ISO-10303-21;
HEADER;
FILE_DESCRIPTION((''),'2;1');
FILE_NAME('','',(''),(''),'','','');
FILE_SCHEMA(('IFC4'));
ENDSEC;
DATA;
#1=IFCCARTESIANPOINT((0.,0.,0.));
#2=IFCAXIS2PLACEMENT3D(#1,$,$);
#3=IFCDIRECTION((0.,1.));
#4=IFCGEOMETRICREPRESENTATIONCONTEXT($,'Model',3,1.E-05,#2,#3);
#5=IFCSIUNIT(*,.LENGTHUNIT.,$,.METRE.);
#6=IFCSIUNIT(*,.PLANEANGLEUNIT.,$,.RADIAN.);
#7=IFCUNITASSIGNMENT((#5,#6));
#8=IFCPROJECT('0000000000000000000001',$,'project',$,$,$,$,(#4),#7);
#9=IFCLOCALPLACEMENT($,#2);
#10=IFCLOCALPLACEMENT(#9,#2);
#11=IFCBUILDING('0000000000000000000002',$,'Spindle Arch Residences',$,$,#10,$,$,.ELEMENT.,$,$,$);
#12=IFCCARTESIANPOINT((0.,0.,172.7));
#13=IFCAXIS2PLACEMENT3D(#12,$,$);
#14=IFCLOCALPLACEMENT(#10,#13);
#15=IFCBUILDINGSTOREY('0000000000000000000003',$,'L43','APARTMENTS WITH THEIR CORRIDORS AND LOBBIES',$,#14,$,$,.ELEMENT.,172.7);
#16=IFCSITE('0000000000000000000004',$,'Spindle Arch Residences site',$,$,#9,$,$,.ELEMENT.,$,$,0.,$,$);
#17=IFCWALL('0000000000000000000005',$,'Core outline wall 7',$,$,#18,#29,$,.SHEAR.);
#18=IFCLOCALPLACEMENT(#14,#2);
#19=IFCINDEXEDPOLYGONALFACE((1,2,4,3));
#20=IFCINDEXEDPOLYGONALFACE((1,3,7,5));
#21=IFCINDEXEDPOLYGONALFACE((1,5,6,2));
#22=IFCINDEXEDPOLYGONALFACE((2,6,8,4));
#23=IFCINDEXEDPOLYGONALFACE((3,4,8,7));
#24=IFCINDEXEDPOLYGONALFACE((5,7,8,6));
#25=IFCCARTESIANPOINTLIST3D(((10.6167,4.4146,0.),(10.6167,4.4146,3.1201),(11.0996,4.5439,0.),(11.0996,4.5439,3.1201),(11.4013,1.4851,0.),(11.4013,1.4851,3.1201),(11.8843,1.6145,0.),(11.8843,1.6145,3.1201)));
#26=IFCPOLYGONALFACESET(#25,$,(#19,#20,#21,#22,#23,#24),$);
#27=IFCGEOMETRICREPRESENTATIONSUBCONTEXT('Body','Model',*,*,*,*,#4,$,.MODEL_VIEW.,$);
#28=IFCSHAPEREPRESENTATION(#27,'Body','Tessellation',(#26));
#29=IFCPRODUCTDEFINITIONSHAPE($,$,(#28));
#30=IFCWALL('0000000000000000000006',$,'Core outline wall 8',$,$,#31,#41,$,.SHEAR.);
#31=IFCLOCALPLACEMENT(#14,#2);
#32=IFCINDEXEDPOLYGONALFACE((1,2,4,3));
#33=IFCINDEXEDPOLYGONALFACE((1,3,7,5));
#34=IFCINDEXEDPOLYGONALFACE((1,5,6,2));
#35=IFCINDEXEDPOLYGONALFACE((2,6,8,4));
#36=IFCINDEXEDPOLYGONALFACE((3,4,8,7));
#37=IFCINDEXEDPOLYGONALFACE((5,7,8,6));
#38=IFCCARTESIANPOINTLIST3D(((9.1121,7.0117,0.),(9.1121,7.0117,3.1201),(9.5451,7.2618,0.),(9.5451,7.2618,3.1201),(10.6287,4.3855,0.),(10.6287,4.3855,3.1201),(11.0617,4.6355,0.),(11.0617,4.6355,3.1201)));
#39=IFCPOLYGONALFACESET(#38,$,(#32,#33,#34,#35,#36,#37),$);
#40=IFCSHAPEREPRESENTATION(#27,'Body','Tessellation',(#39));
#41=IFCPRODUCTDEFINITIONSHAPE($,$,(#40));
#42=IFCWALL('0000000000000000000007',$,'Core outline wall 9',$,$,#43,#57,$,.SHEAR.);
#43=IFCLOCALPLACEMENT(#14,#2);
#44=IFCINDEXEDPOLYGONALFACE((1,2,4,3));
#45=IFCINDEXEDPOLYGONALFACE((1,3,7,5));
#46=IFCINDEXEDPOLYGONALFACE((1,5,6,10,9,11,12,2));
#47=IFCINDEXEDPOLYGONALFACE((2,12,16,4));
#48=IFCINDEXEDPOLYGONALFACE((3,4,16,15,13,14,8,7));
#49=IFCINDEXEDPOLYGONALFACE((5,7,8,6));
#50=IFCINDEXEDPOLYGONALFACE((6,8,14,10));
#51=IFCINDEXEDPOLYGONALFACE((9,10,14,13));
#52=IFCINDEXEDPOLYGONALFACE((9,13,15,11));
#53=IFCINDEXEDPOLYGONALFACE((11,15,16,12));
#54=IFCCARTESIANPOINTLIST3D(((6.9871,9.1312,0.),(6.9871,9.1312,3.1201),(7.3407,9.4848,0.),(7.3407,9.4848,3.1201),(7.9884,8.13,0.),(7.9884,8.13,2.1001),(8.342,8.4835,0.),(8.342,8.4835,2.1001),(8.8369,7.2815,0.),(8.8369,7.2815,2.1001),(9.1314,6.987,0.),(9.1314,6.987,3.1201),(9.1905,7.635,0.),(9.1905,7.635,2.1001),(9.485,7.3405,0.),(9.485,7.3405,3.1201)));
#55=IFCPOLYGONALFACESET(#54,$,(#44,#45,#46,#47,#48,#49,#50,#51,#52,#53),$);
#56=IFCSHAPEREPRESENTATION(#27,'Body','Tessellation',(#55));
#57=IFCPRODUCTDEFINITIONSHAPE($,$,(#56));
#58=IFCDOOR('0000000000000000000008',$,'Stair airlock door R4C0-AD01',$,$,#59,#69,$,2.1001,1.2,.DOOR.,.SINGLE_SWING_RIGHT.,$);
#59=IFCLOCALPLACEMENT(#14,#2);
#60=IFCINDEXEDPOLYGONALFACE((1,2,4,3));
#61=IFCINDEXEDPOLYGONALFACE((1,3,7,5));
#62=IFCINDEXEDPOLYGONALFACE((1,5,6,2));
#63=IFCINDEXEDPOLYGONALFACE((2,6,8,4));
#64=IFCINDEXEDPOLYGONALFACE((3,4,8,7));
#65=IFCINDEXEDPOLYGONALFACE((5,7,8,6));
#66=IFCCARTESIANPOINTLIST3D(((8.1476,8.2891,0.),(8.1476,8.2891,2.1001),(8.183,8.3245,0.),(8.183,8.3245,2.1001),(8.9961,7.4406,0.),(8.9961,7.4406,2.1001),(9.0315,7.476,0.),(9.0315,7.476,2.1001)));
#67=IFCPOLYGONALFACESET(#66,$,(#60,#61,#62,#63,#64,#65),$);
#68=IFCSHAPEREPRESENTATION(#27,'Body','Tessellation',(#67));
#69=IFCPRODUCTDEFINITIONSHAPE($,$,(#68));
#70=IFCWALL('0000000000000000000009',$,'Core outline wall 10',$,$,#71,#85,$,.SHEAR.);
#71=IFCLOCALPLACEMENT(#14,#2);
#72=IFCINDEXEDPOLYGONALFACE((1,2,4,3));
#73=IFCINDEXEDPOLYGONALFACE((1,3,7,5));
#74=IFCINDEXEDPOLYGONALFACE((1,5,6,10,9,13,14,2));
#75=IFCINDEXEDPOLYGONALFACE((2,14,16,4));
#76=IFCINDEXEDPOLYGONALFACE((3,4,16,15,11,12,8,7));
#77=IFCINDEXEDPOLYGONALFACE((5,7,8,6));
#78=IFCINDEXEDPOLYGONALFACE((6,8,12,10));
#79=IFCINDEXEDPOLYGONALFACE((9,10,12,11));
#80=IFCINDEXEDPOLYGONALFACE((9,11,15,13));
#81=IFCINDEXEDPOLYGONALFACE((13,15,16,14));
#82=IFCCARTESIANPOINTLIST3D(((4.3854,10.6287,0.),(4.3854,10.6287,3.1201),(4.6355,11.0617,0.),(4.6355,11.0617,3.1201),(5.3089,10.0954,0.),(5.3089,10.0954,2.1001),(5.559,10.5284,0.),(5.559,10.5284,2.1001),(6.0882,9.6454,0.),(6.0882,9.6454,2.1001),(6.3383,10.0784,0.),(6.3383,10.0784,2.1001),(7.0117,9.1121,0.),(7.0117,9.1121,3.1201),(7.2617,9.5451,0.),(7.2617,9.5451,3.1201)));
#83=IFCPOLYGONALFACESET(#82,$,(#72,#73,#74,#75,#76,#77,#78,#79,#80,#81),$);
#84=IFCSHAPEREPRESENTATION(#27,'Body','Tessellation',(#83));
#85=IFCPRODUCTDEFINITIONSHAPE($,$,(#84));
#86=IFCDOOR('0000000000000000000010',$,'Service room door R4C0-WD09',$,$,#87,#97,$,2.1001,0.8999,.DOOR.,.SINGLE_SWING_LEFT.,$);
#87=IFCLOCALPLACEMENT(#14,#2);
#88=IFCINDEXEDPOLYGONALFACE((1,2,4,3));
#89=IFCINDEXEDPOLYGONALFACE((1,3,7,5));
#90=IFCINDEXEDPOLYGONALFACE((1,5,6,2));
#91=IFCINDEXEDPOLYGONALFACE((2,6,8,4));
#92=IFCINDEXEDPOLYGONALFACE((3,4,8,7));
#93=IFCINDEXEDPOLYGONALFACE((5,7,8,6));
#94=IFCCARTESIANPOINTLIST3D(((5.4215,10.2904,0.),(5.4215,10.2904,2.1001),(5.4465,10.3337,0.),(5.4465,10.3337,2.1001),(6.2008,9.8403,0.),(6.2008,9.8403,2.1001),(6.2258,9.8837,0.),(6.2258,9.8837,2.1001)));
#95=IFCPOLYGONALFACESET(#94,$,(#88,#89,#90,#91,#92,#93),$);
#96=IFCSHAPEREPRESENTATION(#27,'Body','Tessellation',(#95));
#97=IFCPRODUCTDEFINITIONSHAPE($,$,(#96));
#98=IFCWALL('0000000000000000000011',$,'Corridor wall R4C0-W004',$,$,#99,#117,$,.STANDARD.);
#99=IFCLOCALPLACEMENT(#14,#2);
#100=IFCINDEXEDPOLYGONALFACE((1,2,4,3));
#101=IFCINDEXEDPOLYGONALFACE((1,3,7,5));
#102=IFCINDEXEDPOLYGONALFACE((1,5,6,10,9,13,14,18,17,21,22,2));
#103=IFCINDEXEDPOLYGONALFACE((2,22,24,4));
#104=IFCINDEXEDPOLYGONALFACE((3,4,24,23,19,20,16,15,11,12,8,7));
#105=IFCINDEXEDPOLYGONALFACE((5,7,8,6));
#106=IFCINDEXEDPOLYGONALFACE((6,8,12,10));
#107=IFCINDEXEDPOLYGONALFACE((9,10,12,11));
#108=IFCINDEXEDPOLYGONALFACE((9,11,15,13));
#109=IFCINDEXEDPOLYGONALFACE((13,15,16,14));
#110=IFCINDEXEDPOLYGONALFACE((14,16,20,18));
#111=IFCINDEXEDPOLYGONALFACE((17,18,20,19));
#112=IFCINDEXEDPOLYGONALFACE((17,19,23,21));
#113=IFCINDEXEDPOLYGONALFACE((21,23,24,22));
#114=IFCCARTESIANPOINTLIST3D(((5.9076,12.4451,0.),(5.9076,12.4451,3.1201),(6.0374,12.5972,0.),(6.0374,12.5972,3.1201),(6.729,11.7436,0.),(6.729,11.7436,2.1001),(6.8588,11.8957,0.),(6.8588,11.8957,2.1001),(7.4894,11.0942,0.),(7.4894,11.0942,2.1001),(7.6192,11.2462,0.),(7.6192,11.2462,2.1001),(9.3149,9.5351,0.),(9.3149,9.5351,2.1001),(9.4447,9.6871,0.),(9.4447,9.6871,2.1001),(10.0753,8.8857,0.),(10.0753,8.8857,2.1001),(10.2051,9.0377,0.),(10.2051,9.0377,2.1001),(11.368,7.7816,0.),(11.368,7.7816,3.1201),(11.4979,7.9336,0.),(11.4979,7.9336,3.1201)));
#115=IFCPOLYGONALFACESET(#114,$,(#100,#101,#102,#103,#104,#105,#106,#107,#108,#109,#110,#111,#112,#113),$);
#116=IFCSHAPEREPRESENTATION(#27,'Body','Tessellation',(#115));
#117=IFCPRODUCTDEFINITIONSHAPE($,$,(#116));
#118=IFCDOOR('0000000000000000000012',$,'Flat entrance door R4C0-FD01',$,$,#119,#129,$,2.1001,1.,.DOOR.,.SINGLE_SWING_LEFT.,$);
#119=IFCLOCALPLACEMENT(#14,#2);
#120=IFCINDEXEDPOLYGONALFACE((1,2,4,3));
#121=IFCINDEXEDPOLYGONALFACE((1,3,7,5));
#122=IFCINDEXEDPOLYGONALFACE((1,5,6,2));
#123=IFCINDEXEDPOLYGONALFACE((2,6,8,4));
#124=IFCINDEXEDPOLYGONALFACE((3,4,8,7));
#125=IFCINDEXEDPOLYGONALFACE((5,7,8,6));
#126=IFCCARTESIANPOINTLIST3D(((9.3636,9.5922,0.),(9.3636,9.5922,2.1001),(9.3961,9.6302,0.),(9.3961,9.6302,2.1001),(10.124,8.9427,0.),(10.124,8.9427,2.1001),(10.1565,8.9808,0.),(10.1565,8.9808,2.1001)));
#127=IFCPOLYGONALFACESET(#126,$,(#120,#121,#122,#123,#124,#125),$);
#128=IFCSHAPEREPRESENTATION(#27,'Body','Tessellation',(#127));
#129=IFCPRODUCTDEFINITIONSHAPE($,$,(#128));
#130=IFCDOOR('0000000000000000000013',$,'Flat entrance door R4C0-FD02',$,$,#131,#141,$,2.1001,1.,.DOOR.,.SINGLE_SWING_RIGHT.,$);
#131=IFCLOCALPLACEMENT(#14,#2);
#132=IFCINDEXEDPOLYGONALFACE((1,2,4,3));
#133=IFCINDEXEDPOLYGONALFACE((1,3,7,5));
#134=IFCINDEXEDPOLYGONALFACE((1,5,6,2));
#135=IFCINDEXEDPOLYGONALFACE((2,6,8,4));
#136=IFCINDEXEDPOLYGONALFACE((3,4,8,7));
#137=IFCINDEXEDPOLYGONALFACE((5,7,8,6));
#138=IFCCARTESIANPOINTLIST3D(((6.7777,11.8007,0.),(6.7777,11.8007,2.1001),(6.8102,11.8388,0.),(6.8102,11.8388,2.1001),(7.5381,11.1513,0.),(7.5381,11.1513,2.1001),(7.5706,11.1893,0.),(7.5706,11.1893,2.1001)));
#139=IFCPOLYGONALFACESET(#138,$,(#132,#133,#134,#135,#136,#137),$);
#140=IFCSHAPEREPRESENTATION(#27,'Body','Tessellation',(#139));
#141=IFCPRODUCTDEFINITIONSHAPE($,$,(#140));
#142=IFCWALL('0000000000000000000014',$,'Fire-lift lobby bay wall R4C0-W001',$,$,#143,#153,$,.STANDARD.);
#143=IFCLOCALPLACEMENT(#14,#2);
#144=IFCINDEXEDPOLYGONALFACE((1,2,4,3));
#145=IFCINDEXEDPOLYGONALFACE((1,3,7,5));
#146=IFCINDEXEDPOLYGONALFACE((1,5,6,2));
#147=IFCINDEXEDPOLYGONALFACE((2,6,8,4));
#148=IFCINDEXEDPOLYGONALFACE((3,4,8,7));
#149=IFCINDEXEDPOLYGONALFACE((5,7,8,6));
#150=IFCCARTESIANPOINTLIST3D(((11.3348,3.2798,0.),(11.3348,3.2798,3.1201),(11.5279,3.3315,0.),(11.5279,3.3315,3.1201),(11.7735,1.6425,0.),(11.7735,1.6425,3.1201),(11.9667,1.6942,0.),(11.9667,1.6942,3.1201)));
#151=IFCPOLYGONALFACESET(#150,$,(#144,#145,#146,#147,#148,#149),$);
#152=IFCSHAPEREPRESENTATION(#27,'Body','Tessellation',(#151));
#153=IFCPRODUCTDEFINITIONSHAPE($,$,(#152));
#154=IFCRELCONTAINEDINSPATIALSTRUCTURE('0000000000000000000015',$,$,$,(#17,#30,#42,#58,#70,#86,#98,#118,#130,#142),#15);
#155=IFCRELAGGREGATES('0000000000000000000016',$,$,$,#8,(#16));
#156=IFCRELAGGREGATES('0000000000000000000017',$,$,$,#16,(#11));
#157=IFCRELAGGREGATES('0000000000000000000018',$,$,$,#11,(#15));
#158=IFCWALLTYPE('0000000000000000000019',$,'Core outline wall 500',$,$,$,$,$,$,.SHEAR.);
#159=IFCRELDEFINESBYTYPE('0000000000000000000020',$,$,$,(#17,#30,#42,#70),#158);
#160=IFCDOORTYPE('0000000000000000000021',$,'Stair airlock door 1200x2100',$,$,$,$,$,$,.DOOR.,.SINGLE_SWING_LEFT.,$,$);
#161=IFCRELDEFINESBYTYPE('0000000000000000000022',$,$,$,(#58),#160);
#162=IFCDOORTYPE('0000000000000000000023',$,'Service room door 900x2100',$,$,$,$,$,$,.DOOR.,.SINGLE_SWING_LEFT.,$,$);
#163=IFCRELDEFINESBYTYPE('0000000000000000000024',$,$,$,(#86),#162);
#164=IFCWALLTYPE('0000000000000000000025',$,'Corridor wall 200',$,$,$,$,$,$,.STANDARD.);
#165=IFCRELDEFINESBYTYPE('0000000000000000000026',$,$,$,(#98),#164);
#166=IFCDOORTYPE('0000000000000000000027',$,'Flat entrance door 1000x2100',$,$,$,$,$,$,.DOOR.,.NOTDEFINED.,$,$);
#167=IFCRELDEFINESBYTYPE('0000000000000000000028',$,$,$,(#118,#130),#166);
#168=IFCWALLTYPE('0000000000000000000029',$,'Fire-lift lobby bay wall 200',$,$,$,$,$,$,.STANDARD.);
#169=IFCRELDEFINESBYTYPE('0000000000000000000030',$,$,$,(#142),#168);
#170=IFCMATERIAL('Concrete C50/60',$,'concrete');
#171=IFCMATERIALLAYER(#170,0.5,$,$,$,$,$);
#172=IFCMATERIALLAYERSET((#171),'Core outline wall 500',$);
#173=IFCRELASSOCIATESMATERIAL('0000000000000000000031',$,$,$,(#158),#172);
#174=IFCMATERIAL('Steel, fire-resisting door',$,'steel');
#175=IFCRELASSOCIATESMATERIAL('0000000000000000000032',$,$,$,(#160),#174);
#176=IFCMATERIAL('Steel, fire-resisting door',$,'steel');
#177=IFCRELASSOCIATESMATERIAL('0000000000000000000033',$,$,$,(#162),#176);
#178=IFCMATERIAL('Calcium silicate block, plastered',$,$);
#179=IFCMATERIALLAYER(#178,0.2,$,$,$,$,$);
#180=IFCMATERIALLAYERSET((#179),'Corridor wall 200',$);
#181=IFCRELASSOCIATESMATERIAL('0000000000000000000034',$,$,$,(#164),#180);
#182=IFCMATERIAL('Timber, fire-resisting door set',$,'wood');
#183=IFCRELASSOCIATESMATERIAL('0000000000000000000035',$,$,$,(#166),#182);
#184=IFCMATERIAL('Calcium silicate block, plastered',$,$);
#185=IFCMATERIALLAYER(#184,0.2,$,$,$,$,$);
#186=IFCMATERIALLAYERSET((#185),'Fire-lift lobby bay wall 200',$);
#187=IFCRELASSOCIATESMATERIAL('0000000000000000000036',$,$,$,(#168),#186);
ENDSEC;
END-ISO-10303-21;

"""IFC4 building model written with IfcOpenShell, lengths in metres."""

from ifc_helpers import new_model, si_unit, direction, frame, frame_2d, origin, place, context, subcontext, project, spatial, rectangle, extrude, material, layer, layer_set, type_object, element, fill, save


model = new_model("IFC4")

# Units and contexts
model_context = context("Model", 3, precision=1e-05, world=origin(), true_north=direction((0.0, 1.0)))
body_context = subcontext(model_context, "Body", "Model", "MODEL_VIEW")
ifc_project = project(units=[si_unit("LENGTHUNIT", "METRE"), si_unit("PLANEANGLEUNIT", "RADIAN")], contexts=[model_context])

# Site, building, storey
site_placement = place(None, origin())
site = spatial("IfcSite", under=ifc_project, at=site_placement, Name="Spindle Arch Residences site", CompositionType="ELEMENT", RefElevation=0.0)
building_placement = place(site_placement, origin())
building = spatial("IfcBuilding", under=site, at=building_placement, Name="Spindle Arch Residences", CompositionType="ELEMENT")
storey_placement = place(building_placement, frame((0.0, 0.0, 172.7)))
storey = spatial("IfcBuildingStorey", under=building, at=storey_placement, Name="L43", Description="APARTMENTS WITH THEIR CORRIDORS AND LOBBIES", CompositionType="ELEMENT", Elevation=172.7)

# Walls
ifc_material_1 = material(Name="Concrete C50/60", Category="concrete")
ifc_layer_1 = layer(ifc_material_1, 0.5)
ifc_layer_set_1 = layer_set([ifc_layer_1], Name="Core outline wall 500")
wall_type_1 = type_object("IfcWallType", Name="Core outline wall 500", PredefinedType="SHEAR", material=ifc_layer_set_1)
for number, where, z_axis, x_axis, name in (
    (1, (11.6428, 1.5498, 0.0), (0.0, 0.0, 1.0), (-0.258735, 0.965948, 0.0), "Core outline wall 7"),
    (2, (10.8452, 4.5105, 0.0), (0.0, 0.0, 1.0), (-0.500087, 0.865975, 0.0), "Core outline wall 8"),
):
    element("IfcWall", number, at=place(storey_placement, frame(where, z_axis=z_axis, x_axis=x_axis)), inside=storey, type_object=wall_type_1, Name=name, PredefinedType="SHEAR", context=body_context, shape_type="SweptSolid", body=[
        extrude(rectangle(XDim=3.0327, YDim=0.5, at=frame_2d((1.5164, 0.0))), origin(), (0.0, 0.0, 1.0), 3.1201),
    ])

# Walls, openings, doors
wall_1_placement = place(storey_placement, frame((9.3081, 7.1638, 0.0), z_axis=(0.0, 0.0, 1.0), x_axis=(-0.707107, 0.707107, 0.0)))
wall_1 = element("IfcWall", 3, at=wall_1_placement, inside=storey, type_object=wall_type_1, Name="Core outline wall 9", PredefinedType="SHEAR", context=body_context, shape_type="SweptSolid", body=[
    extrude(rectangle(XDim=3.0325, YDim=0.5, at=frame_2d((1.5161, 0.0))), origin(), (0.0, 0.0, 1.0), 3.1201),
])
opening_1_placement = place(wall_1_placement, frame((0.4163, 0.0, 0.0)))
opening_1 = element("IfcOpeningElement", 4, at=opening_1_placement, cuts=wall_1, PredefinedType="OPENING", context=body_context, shape_type="SweptSolid", body=[
    extrude(rectangle(XDim=1.2, YDim=2.1001, at=frame_2d((0.6001, 1.05))), frame((0.0, 0.26, 0.0), z_axis=(0.0, -1.0, 0.0), x_axis=(1.0, 0.0, 0.0)), (0.0, 0.0, 1.0), 0.52),
])
ifc_material_2 = material(Name="Steel, fire-resisting door", Category="steel")
door_type_1 = type_object("IfcDoorType", Name="Stair airlock door 1200x2100", OperationType="SINGLE_SWING_LEFT", PredefinedType="DOOR", material=ifc_material_2)
door_1_placement = place(opening_1_placement, origin())
door_1 = element("IfcDoor", 5, at=door_1_placement, inside=storey, type_object=door_type_1, Name="Stair airlock door R4C0-AD01", OperationType="SINGLE_SWING_RIGHT", OverallHeight=2.1001, OverallWidth=1.2, PredefinedType="DOOR", context=body_context, shape_type="SweptSolid", body=[
    extrude(rectangle(XDim=1.2, YDim=2.1001, at=frame_2d((0.6001, 1.05))), frame((0.0, 0.0249, 0.0), z_axis=(0.0, -1.0, 0.0), x_axis=(1.0, 0.0, 0.0)), (0.0, 0.0, 1.0), 0.05),
])
fill(opening_1, door_1)
wall_2_placement = place(storey_placement, frame((7.1367, 9.3286, 0.0), z_axis=(0.0, 0.0, 1.0), x_axis=(-0.865975, 0.500087, 0.0)))
wall_2 = element("IfcWall", 6, at=wall_2_placement, inside=storey, type_object=wall_type_1, Name="Core outline wall 10", PredefinedType="SHEAR", context=body_context, shape_type="SweptSolid", body=[
    extrude(rectangle(XDim=3.0327, YDim=0.5, at=frame_2d((1.5164, 0.0))), origin(), (0.0, 0.0, 1.0), 3.1201),
])
opening_2_placement = place(wall_2_placement, frame((1.0664, 0.0, 0.0)))
opening_2 = element("IfcOpeningElement", 7, at=opening_2_placement, cuts=wall_2, PredefinedType="OPENING", context=body_context, shape_type="SweptSolid", body=[
    extrude(rectangle(XDim=0.8999, YDim=2.1001, at=frame_2d((0.45, 1.05))), frame((0.0, 0.26, 0.0), z_axis=(0.0, -1.0, 0.0), x_axis=(1.0, 0.0, 0.0)), (0.0, 0.0, 1.0), 0.52),
])
ifc_material_3 = material(Name="Steel, fire-resisting door", Category="steel")
door_type_2 = type_object("IfcDoorType", Name="Service room door 900x2100", OperationType="SINGLE_SWING_LEFT", PredefinedType="DOOR", material=ifc_material_3)
door_2_placement = place(opening_2_placement, origin())
door_2 = element("IfcDoor", 8, at=door_2_placement, inside=storey, type_object=door_type_2, Name="Service room door R4C0-WD09", OperationType="SINGLE_SWING_LEFT", OverallHeight=2.1001, OverallWidth=0.8999, PredefinedType="DOOR", context=body_context, shape_type="SweptSolid", body=[
    extrude(rectangle(XDim=0.8999, YDim=2.1001, at=frame_2d((0.45, 1.05))), frame((0.0, 0.0249, 0.0), z_axis=(0.0, -1.0, 0.0), x_axis=(1.0, 0.0, 0.0)), (0.0, 0.0, 1.0), 0.05),
])
fill(opening_2, door_2)

# Wall, openings, doors
ifc_material_4 = material(Name="Calcium silicate block, plastered")
ifc_layer_2 = layer(ifc_material_4, 0.2)
ifc_layer_set_2 = layer_set([ifc_layer_2], Name="Corridor wall 200")
wall_type_2 = type_object("IfcWallType", Name="Corridor wall 200", PredefinedType="STANDARD", material=ifc_layer_set_2)
wall_3_placement = place(storey_placement, frame((11.4329, 7.8577, 0.0), z_axis=(0.0, 0.0, 1.0), x_axis=(-0.760412, 0.649441, 0.0)))
wall_3 = element("IfcWall", 9, at=wall_3_placement, inside=storey, type_object=wall_type_2, Name="Corridor wall R4C0-W004", PredefinedType="STANDARD", context=body_context, shape_type="SweptSolid", body=[
    extrude(rectangle(XDim=7.1809, YDim=0.2, at=frame_2d((3.5903, 0.0))), origin(), (0.0, 0.0, 1.0), 3.1201),
])
opening_3_placement = place(wall_3_placement, frame((1.7, 0.0, 0.0)))
opening_3 = element("IfcOpeningElement", 10, at=opening_3_placement, cuts=wall_3, PredefinedType="OPENING", context=body_context, shape_type="SweptSolid", body=[
    extrude(rectangle(XDim=1.0, YDim=2.1001, at=frame_2d((0.5, 1.05))), frame((0.0, 0.1099, 0.0), z_axis=(0.0, -1.0, 0.0), x_axis=(1.0, 0.0, 0.0)), (0.0, 0.0, 1.0), 0.22),
])
opening_4_placement = place(wall_3_placement, frame((5.1006, 0.0, 0.0)))
opening_4 = element("IfcOpeningElement", 11, at=opening_4_placement, cuts=wall_3, PredefinedType="OPENING", context=body_context, shape_type="SweptSolid", body=[
    extrude(rectangle(XDim=1.0, YDim=2.1001, at=frame_2d((0.5, 1.05))), frame((0.0, 0.1099, 0.0), z_axis=(0.0, -1.0, 0.0), x_axis=(1.0, 0.0, 0.0)), (0.0, 0.0, 1.0), 0.22),
])
ifc_material_5 = material(Name="Timber, fire-resisting door set", Category="wood")
door_type_3 = type_object("IfcDoorType", Name="Flat entrance door 1000x2100", OperationType="NOTDEFINED", PredefinedType="DOOR", material=ifc_material_5)
door_3_placement = place(opening_3_placement, origin())
door_3 = element("IfcDoor", 12, at=door_3_placement, inside=storey, type_object=door_type_3, Name="Flat entrance door R4C0-FD01", OperationType="SINGLE_SWING_LEFT", OverallHeight=2.1001, OverallWidth=1.0, PredefinedType="DOOR", context=body_context, shape_type="SweptSolid", body=[
    extrude(rectangle(XDim=1.0, YDim=2.1001, at=frame_2d((0.5, 1.05))), frame((0.0, 0.0249, 0.0), z_axis=(0.0, -1.0, 0.0), x_axis=(1.0, 0.0, 0.0)), (0.0, 0.0, 1.0), 0.05),
])
fill(opening_3, door_3)
door_4_placement = place(opening_4_placement, origin())
door_4 = element("IfcDoor", 13, at=door_4_placement, inside=storey, type_object=door_type_3, Name="Flat entrance door R4C0-FD02", OperationType="SINGLE_SWING_RIGHT", OverallHeight=2.1001, OverallWidth=1.0, PredefinedType="DOOR", context=body_context, shape_type="SweptSolid", body=[
    extrude(rectangle(XDim=1.0, YDim=2.1001, at=frame_2d((0.5, 1.05))), frame((0.0, 0.0249, 0.0), z_axis=(0.0, -1.0, 0.0), x_axis=(1.0, 0.0, 0.0)), (0.0, 0.0, 1.0), 0.05),
])
fill(opening_4, door_4)

# Wall
ifc_material_6 = material(Name="Calcium silicate block, plastered")
ifc_layer_3 = layer(ifc_material_6, 0.2)
ifc_layer_set_3 = layer_set([ifc_layer_3], Name="Fire-lift lobby bay wall 200")
wall_type_3 = type_object("IfcWallType", Name="Fire-lift lobby bay wall 200", PredefinedType="STANDARD", material=ifc_layer_set_3)
wall_4_placement = place(storey_placement, frame((11.8701, 1.6682, 0.0), z_axis=(0.0, 0.0, 1.0), x_axis=(-0.258837, 0.965921, 0.0)))
element("IfcWall", 14, at=wall_4_placement, inside=storey, type_object=wall_type_3, Name="Fire-lift lobby bay wall R4C0-W001", PredefinedType="STANDARD", context=body_context, shape_type="SweptSolid", body=[
    extrude(rectangle(XDim=1.6951, YDim=0.2, at=frame_2d((0.8477, 0.0))), origin(), (0.0, 0.0, 1.0), 3.1201),
])

save(model, "model.ifc")
